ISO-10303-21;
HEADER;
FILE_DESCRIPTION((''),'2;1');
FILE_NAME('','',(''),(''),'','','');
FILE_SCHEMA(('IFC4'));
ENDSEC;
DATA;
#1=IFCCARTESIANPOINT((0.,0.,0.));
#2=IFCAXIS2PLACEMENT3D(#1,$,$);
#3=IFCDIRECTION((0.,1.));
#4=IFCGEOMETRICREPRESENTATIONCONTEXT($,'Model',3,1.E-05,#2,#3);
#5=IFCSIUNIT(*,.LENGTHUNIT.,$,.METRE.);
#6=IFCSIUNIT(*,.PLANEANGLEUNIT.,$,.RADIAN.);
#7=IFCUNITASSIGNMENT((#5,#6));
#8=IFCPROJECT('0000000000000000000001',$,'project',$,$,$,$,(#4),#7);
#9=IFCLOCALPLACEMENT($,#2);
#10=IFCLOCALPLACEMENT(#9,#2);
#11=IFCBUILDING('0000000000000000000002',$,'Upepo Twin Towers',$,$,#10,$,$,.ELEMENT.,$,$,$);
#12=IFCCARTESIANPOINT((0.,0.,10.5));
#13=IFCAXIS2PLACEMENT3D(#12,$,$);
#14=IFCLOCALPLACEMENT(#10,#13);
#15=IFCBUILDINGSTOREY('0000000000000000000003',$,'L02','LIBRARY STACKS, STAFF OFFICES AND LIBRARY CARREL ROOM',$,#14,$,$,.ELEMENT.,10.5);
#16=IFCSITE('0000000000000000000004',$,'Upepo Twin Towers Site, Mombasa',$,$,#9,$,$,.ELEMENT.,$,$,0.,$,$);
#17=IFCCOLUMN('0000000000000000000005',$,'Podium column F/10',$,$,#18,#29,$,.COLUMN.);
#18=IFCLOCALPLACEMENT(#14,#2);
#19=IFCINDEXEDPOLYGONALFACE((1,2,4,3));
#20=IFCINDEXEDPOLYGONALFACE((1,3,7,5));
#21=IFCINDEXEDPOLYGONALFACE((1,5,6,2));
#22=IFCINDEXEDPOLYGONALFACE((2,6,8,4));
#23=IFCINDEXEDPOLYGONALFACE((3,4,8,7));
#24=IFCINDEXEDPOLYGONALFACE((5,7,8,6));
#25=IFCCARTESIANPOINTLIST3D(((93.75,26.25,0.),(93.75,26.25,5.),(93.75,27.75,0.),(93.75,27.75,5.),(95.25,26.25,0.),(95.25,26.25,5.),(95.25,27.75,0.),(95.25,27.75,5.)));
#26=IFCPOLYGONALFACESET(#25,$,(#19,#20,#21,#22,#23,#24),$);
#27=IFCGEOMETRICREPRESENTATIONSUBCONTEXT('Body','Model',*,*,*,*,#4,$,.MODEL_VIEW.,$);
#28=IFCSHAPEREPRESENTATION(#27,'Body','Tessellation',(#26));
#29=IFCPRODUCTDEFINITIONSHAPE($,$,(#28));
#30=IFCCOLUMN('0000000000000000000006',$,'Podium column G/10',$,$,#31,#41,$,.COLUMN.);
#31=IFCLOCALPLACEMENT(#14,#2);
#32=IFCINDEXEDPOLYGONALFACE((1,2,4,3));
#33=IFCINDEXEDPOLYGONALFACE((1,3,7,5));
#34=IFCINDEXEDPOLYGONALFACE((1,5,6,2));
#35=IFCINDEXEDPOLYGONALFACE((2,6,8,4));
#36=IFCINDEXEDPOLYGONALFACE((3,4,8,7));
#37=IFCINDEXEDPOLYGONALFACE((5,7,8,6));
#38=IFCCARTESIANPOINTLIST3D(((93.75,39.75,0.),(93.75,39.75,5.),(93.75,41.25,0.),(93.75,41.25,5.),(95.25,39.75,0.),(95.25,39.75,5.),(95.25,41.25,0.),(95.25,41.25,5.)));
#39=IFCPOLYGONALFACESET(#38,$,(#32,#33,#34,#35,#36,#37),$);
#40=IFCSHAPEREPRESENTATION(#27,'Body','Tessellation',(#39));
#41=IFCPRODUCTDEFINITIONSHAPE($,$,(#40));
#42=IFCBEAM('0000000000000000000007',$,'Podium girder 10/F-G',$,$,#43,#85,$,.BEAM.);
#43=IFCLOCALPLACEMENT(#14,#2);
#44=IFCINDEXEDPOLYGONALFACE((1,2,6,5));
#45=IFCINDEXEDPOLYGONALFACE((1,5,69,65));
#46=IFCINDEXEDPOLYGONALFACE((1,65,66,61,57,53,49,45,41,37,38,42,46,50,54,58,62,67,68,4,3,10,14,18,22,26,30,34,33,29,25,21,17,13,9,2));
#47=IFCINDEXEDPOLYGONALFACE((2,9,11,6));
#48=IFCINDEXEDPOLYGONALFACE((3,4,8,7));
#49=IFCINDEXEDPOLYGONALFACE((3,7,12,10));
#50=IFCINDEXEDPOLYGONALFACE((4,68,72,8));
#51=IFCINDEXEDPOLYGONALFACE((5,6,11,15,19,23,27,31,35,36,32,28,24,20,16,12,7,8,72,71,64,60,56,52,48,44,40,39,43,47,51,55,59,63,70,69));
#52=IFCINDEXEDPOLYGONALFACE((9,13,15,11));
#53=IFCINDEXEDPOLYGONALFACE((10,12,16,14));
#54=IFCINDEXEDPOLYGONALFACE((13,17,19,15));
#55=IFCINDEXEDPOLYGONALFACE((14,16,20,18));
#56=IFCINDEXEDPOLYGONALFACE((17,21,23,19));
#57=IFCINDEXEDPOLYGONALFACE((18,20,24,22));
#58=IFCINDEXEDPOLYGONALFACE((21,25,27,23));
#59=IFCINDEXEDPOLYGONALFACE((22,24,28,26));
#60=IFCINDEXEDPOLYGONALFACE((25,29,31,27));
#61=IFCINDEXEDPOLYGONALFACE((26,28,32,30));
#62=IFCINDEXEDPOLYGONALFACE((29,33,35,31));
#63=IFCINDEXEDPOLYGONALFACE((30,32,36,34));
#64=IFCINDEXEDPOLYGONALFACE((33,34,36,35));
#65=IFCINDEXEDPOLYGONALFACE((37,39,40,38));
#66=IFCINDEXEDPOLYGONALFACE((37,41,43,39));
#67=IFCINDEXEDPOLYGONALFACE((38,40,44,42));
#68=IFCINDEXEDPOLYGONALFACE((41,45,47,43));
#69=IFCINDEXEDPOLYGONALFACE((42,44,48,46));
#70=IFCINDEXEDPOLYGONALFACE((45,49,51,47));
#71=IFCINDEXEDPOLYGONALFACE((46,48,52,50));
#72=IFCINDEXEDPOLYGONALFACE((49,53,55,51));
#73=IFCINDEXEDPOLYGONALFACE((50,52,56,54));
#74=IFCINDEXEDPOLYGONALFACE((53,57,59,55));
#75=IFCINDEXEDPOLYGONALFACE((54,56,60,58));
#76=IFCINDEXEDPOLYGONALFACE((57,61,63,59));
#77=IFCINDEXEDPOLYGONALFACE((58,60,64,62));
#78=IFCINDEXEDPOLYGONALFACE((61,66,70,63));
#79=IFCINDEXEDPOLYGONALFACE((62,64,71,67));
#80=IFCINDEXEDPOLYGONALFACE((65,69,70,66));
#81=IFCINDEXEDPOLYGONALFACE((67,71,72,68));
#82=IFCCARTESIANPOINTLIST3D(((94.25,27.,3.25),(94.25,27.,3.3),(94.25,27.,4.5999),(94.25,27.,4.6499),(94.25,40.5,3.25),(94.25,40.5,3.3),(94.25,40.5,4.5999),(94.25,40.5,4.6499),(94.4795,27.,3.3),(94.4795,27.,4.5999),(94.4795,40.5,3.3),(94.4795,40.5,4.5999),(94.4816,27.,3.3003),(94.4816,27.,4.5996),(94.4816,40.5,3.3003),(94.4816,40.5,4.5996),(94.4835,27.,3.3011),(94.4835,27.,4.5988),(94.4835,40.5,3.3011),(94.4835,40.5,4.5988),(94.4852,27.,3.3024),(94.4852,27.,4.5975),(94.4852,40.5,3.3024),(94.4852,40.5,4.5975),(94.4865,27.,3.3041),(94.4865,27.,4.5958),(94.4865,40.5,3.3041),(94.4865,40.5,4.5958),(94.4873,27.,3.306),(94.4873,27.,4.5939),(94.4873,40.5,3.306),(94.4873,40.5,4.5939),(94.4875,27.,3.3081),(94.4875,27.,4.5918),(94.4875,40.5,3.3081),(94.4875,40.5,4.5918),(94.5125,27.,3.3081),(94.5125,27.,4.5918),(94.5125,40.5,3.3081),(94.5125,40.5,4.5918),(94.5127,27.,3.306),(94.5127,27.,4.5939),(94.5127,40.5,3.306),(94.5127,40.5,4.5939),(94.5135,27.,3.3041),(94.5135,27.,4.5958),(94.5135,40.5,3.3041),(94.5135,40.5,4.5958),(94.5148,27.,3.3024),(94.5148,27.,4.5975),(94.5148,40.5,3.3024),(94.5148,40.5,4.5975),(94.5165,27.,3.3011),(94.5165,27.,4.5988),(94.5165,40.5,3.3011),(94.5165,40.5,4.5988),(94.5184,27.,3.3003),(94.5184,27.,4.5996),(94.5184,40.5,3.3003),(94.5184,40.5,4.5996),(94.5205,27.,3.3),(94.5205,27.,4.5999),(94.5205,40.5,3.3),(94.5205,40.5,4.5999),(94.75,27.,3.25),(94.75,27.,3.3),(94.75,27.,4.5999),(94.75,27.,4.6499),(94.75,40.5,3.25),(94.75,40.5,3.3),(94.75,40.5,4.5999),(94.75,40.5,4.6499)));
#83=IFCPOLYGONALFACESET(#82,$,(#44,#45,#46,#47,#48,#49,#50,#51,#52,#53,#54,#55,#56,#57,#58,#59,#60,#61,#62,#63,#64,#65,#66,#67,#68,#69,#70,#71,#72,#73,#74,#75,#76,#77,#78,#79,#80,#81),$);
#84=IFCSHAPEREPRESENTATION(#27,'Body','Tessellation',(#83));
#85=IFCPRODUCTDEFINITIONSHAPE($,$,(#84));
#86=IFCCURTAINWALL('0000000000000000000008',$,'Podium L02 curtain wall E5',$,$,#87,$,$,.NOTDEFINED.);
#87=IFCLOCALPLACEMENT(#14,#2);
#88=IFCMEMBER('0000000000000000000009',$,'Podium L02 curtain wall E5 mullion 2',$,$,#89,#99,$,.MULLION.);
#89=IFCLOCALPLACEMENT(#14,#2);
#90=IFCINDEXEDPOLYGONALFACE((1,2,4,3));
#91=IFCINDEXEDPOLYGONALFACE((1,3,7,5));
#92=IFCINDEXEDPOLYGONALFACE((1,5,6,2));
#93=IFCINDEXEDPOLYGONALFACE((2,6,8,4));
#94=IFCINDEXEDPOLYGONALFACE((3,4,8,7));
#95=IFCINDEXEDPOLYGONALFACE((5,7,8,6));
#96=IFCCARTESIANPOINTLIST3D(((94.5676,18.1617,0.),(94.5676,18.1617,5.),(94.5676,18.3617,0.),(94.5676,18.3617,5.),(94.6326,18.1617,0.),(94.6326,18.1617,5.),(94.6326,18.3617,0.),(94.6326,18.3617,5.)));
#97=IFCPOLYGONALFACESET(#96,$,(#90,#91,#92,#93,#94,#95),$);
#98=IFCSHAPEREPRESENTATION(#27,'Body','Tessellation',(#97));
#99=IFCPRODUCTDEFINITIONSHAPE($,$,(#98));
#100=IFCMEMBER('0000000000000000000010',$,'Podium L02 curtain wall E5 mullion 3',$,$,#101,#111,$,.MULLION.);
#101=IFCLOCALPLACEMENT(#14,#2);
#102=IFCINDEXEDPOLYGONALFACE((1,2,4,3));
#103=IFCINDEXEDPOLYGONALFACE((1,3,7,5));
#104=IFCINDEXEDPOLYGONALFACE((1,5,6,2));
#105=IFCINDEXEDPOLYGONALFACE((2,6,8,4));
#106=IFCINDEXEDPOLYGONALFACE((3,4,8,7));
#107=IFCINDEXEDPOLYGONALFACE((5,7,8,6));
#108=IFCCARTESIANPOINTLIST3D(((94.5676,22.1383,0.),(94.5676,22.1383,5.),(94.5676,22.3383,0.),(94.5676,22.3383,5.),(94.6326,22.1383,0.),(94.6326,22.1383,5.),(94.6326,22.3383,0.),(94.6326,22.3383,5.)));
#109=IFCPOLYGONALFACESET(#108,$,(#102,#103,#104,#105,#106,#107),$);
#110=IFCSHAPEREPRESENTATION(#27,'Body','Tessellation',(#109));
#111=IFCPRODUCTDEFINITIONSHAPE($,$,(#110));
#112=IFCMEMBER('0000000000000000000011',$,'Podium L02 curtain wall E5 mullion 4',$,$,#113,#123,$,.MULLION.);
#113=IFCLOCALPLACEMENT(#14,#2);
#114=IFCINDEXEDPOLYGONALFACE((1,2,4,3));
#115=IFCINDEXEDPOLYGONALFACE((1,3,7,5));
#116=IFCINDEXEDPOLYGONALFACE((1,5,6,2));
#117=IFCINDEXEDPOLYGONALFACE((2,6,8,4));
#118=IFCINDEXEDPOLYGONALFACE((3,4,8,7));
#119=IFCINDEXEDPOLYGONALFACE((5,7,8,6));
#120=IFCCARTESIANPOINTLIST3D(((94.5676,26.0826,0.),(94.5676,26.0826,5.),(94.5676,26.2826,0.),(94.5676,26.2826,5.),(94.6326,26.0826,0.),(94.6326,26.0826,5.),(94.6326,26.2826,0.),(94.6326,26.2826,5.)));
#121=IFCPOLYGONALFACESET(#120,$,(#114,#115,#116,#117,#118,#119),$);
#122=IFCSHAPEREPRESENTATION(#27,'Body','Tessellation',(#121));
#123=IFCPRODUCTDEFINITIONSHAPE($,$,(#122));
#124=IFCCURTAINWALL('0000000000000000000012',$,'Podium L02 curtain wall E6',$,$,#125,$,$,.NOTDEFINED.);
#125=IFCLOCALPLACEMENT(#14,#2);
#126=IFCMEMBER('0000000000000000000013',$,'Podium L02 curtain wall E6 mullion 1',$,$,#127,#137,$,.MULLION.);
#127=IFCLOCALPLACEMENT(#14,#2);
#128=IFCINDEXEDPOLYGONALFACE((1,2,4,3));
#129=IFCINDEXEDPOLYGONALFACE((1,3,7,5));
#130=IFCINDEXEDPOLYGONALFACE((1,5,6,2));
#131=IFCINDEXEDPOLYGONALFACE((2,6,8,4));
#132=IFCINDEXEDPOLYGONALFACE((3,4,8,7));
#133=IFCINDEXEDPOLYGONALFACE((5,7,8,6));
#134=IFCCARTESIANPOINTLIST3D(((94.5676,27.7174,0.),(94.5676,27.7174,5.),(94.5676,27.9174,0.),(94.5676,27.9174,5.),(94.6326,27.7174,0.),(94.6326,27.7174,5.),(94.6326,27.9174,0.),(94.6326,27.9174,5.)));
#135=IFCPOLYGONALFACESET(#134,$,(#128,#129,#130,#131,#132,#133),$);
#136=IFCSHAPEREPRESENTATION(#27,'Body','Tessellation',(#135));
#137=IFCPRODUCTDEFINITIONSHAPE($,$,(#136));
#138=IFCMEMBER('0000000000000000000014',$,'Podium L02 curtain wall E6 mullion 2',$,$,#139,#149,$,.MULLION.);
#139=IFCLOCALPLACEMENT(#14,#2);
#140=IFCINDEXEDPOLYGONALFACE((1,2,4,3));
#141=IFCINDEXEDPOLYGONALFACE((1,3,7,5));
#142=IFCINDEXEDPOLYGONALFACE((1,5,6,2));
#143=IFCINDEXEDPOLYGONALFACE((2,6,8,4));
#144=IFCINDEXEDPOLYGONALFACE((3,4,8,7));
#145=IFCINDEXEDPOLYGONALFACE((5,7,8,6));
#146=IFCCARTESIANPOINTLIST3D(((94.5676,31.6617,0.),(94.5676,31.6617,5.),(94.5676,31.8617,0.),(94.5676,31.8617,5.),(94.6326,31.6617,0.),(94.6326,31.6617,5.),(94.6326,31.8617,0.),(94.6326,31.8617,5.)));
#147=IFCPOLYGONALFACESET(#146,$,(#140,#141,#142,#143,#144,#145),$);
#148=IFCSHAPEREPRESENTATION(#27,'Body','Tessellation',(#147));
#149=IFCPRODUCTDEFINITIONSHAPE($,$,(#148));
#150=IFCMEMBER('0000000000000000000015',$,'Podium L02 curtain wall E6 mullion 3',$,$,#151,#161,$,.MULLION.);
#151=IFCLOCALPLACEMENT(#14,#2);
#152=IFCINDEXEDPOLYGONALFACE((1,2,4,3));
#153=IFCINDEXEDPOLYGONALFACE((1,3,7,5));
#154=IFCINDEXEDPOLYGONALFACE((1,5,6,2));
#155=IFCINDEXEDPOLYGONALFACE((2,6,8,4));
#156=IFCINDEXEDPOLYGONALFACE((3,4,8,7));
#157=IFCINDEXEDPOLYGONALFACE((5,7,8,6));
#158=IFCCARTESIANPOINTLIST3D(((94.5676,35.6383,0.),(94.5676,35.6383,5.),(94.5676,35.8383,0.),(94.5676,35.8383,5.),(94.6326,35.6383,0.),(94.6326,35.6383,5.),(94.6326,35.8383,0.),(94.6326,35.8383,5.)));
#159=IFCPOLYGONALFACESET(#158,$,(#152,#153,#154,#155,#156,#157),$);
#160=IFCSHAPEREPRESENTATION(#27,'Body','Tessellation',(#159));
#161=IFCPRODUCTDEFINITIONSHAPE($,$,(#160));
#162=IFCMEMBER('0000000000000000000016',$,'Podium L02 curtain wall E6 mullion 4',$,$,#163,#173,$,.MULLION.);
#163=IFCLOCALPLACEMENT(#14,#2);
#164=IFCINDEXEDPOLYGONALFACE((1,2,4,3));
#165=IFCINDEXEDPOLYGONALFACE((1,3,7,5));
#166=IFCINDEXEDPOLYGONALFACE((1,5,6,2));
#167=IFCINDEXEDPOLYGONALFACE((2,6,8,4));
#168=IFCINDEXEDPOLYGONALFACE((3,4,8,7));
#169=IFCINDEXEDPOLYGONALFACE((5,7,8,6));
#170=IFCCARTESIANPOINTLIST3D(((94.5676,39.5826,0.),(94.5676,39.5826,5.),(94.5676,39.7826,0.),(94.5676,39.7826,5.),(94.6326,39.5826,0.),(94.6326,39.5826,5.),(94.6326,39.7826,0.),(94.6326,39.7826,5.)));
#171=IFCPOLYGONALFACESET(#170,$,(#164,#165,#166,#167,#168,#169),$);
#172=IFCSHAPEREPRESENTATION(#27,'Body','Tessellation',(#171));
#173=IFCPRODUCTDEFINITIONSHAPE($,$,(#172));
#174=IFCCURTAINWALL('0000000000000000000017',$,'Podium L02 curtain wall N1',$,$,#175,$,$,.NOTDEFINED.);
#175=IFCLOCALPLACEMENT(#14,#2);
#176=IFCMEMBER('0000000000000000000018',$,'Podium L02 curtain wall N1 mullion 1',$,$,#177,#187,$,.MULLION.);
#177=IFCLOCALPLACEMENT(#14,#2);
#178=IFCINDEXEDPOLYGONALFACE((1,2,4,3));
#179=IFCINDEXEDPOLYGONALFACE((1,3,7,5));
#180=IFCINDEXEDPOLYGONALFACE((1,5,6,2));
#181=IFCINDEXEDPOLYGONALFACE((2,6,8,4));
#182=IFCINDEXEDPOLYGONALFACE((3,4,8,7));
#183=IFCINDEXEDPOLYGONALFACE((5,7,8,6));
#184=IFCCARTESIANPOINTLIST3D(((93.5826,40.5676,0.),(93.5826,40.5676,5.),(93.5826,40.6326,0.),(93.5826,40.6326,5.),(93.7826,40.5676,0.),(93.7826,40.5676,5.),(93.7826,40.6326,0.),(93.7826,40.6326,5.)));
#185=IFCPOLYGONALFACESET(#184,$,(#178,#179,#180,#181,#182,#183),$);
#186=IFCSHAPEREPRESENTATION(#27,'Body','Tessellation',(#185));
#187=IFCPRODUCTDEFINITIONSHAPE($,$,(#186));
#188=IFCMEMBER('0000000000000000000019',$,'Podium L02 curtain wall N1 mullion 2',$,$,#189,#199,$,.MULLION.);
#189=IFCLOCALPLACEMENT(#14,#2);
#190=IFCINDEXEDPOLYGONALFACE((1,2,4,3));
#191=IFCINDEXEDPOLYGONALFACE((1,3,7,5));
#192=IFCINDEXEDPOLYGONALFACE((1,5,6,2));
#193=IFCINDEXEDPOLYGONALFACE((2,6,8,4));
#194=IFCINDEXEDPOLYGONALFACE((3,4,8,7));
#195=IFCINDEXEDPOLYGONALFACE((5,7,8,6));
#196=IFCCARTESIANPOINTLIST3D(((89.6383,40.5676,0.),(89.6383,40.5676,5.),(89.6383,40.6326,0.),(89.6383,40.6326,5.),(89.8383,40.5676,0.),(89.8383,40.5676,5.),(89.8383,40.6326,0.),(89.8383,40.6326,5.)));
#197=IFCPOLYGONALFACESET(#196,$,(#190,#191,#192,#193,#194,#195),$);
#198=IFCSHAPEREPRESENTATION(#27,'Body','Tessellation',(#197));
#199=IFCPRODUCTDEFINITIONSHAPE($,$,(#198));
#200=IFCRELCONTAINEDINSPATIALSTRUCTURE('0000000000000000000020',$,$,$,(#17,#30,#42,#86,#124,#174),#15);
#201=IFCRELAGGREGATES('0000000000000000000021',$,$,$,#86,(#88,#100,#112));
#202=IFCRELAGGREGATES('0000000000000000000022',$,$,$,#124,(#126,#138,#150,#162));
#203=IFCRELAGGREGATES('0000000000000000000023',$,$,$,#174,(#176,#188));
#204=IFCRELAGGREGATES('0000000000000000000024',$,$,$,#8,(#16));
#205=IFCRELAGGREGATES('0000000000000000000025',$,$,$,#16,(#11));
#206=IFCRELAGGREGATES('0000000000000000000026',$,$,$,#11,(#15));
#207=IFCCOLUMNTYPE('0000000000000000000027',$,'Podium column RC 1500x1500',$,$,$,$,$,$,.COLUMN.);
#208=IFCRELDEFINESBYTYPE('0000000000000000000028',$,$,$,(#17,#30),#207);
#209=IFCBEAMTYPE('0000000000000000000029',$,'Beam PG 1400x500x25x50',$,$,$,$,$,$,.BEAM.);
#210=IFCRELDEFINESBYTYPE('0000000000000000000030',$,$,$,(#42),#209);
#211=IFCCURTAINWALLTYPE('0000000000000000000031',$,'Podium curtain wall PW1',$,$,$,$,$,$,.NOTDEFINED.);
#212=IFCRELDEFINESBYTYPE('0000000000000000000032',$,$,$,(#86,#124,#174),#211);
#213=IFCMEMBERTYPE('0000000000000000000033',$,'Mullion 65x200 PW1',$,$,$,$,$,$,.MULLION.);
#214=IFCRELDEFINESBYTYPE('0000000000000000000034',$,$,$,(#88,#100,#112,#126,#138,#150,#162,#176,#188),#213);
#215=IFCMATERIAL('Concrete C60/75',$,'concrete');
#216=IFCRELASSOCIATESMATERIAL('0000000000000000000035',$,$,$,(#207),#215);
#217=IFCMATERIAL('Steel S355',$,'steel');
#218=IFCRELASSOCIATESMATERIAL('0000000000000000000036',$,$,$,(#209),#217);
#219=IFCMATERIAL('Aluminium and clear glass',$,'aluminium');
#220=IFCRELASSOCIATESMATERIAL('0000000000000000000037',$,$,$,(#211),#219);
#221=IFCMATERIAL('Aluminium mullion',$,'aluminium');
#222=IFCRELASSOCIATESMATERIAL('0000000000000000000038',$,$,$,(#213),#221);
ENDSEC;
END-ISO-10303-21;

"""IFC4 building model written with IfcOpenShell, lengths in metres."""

from ifc_helpers import new_model, si_unit, direction, frame, origin, origin_2d, place, context, subcontext, project, spatial, rectangle, i_section, extrude, material, material_profile, profile_set, type_object, element, aggregate, save


model = new_model("IFC4")

# Units and contexts
model_context = context("Model", 3, precision=1e-05, world=origin(), true_north=direction((0.0, 1.0)))
body_context = subcontext(model_context, "Body", "Model", "MODEL_VIEW")
ifc_project = project(units=[si_unit("LENGTHUNIT", "METRE"), si_unit("PLANEANGLEUNIT", "RADIAN")], contexts=[model_context])

# Site, building, storey
site_placement = place(None, origin())
site = spatial("IfcSite", under=ifc_project, at=site_placement, Name="Upepo Twin Towers Site, Mombasa", CompositionType="ELEMENT", RefElevation=0.0)
building_placement = place(site_placement, origin())
building = spatial("IfcBuilding", under=site, at=building_placement, Name="Upepo Twin Towers", CompositionType="ELEMENT")
storey_placement = place(building_placement, frame((0.0, 0.0, 10.5)))
storey = spatial("IfcBuildingStorey", under=building, at=storey_placement, Name="L02", Description="LIBRARY STACKS, STAFF OFFICES AND LIBRARY CARREL ROOM", CompositionType="ELEMENT", Elevation=10.5)

# Columns
ifc_material_1 = material(Name="Concrete C60/75", Category="concrete")
ifc_material_profile_1 = material_profile(ifc_material_1, rectangle(XDim=1.5, YDim=1.5, at=origin_2d()), Name="RC 1500x1500")
ifc_profile_set_1 = profile_set([ifc_material_profile_1], Name="Concrete C60/75")
column_type = type_object("IfcColumnType", Name="Podium column RC 1500x1500", PredefinedType="COLUMN", material=ifc_profile_set_1)
for number, where, z_axis, x_axis, name in (
    (1, (94.5, 27.0, 0.0), (0.0, 0.0, 1.0), (1.0, 0.0, 0.0), "Podium column F/10"),
    (2, (94.5, 40.5, 0.0), (0.0, 0.0, 1.0), (1.0, 0.0, 0.0), "Podium column G/10"),
):
    element("IfcColumn", number, at=place(storey_placement, frame(where, z_axis=z_axis, x_axis=x_axis)), inside=storey, type_object=column_type, Name=name, PredefinedType="COLUMN", context=body_context, shape_type="SweptSolid", body=[
        extrude(rectangle(XDim=1.5, YDim=1.5, at=origin_2d()), origin(), (0.0, 0.0, 1.0), 5.0),
    ])

# Beam
ifc_material_2 = material(Name="Steel S355", Category="steel")
ifc_material_profile_2 = material_profile(ifc_material_2, i_section(OverallWidth=0.5, OverallDepth=1.3999, WebThickness=0.0249, FlangeThickness=0.05, FilletRadius=0.0081, at=origin_2d()), Name="PG 1400x500x25x50")
ifc_profile_set_2 = profile_set([ifc_material_profile_2], Name="Steel S355")
beam_type_1 = type_object("IfcBeamType", Name="Beam PG 1400x500x25x50", PredefinedType="BEAM", material=ifc_profile_set_2)
beam_1_placement = place(storey_placement, frame((94.5, 27.0, 3.95), z_axis=(0.0, 1.0, 0.0), x_axis=(-1.0, 0.0, 0.0)))
element("IfcBeam", 3, at=beam_1_placement, inside=storey, type_object=beam_type_1, Name="Podium girder 10/F-G", PredefinedType="BEAM", context=body_context, shape_type="SweptSolid", body=[
    extrude(i_section(OverallWidth=0.5, OverallDepth=1.3999, WebThickness=0.0249, FlangeThickness=0.05, FilletRadius=0.0081, at=origin_2d()), origin(), (0.0, 0.0, 1.0), 13.5),
])

# Curtain walls, members
ifc_material_3 = material(Name="Aluminium and clear glass", Category="aluminium")
curtain_wall_type = type_object("IfcCurtainWallType", Name="Podium curtain wall PW1", PredefinedType="NOTDEFINED", material=ifc_material_3)
curtain_wall_1_placement = place(storey_placement, origin())
curtain_wall_1 = element("IfcCurtainWall", 4, at=curtain_wall_1_placement, inside=storey, type_object=curtain_wall_type, Name="Podium L02 curtain wall E5", PredefinedType="NOTDEFINED")
ifc_material_4 = material(Name="Aluminium mullion", Category="aluminium")
ifc_material_profile_3 = material_profile(ifc_material_4, rectangle(XDim=0.0649, YDim=0.2, at=origin_2d()), Name="MULLION 65x200 PODIUM")
ifc_profile_set_3 = profile_set([ifc_material_profile_3], Name="Aluminium mullion")
member_type_1 = type_object("IfcMemberType", Name="Mullion 65x200 PW1", PredefinedType="MULLION", material=ifc_profile_set_3)
member_1_placement = place(storey_placement, frame((94.6001, 18.2617, 0.0), z_axis=(0.0, 0.0, 1.0), x_axis=(-1.0, 0.0, 0.0)))
member_1 = element("IfcMember", 5, at=member_1_placement, type_object=member_type_1, Name="Podium L02 curtain wall E5 mullion 2", PredefinedType="MULLION", context=body_context, shape_type="SweptSolid", body=[
    extrude(rectangle(XDim=0.0649, YDim=0.2, at=origin_2d()), origin(), (0.0, 0.0, 1.0), 5.0),
])
member_2_placement = place(storey_placement, frame((94.6001, 22.2383, 0.0), z_axis=(0.0, 0.0, 1.0), x_axis=(-1.0, 0.0, 0.0)))
member_2 = element("IfcMember", 6, at=member_2_placement, type_object=member_type_1, Name="Podium L02 curtain wall E5 mullion 3", PredefinedType="MULLION", context=body_context, shape_type="SweptSolid", body=[
    extrude(rectangle(XDim=0.0649, YDim=0.2, at=origin_2d()), origin(), (0.0, 0.0, 1.0), 5.0),
])
member_3_placement = place(storey_placement, frame((94.6001, 26.1826, 0.0), z_axis=(0.0, 0.0, 1.0), x_axis=(-1.0, 0.0, 0.0)))
member_3 = element("IfcMember", 7, at=member_3_placement, type_object=member_type_1, Name="Podium L02 curtain wall E5 mullion 4", PredefinedType="MULLION", context=body_context, shape_type="SweptSolid", body=[
    extrude(rectangle(XDim=0.0649, YDim=0.2, at=origin_2d()), origin(), (0.0, 0.0, 1.0), 5.0),
])
curtain_wall_2_placement = place(storey_placement, origin())
curtain_wall_2 = element("IfcCurtainWall", 8, at=curtain_wall_2_placement, inside=storey, type_object=curtain_wall_type, Name="Podium L02 curtain wall E6", PredefinedType="NOTDEFINED")
member_4_placement = place(storey_placement, frame((94.6001, 27.8174, 0.0), z_axis=(0.0, 0.0, 1.0), x_axis=(-1.0, 0.0, 0.0)))
member_4 = element("IfcMember", 9, at=member_4_placement, type_object=member_type_1, Name="Podium L02 curtain wall E6 mullion 1", PredefinedType="MULLION", context=body_context, shape_type="SweptSolid", body=[
    extrude(rectangle(XDim=0.0649, YDim=0.2, at=origin_2d()), origin(), (0.0, 0.0, 1.0), 5.0),
])
member_5_placement = place(storey_placement, frame((94.6001, 31.7617, 0.0), z_axis=(0.0, 0.0, 1.0), x_axis=(-1.0, 0.0, 0.0)))
member_5 = element("IfcMember", 10, at=member_5_placement, type_object=member_type_1, Name="Podium L02 curtain wall E6 mullion 2", PredefinedType="MULLION", context=body_context, shape_type="SweptSolid", body=[
    extrude(rectangle(XDim=0.0649, YDim=0.2, at=origin_2d()), origin(), (0.0, 0.0, 1.0), 5.0),
])
member_6_placement = place(storey_placement, frame((94.6001, 35.7383, 0.0), z_axis=(0.0, 0.0, 1.0), x_axis=(-1.0, 0.0, 0.0)))
member_6 = element("IfcMember", 11, at=member_6_placement, type_object=member_type_1, Name="Podium L02 curtain wall E6 mullion 3", PredefinedType="MULLION", context=body_context, shape_type="SweptSolid", body=[
    extrude(rectangle(XDim=0.0649, YDim=0.2, at=origin_2d()), origin(), (0.0, 0.0, 1.0), 5.0),
])
member_7_placement = place(storey_placement, frame((94.6001, 39.6826, 0.0), z_axis=(0.0, 0.0, 1.0), x_axis=(-1.0, 0.0, 0.0)))
member_7 = element("IfcMember", 12, at=member_7_placement, type_object=member_type_1, Name="Podium L02 curtain wall E6 mullion 4", PredefinedType="MULLION", context=body_context, shape_type="SweptSolid", body=[
    extrude(rectangle(XDim=0.0649, YDim=0.2, at=origin_2d()), origin(), (0.0, 0.0, 1.0), 5.0),
])
curtain_wall_3_placement = place(storey_placement, origin())
curtain_wall_3 = element("IfcCurtainWall", 13, at=curtain_wall_3_placement, inside=storey, type_object=curtain_wall_type, Name="Podium L02 curtain wall N1", PredefinedType="NOTDEFINED")
member_8_placement = place(storey_placement, frame((93.6826, 40.6001, 0.0), z_axis=(0.0, 0.0, 1.0), x_axis=(0.0, -1.0, 0.0)))
member_8 = element("IfcMember", 14, at=member_8_placement, type_object=member_type_1, Name="Podium L02 curtain wall N1 mullion 1", PredefinedType="MULLION", context=body_context, shape_type="SweptSolid", body=[
    extrude(rectangle(XDim=0.0649, YDim=0.2, at=origin_2d()), origin(), (0.0, 0.0, 1.0), 5.0),
])
member_9_placement = place(storey_placement, frame((89.7383, 40.6001, 0.0), z_axis=(0.0, 0.0, 1.0), x_axis=(0.0, -1.0, 0.0)))
member_9 = element("IfcMember", 15, at=member_9_placement, type_object=member_type_1, Name="Podium L02 curtain wall N1 mullion 2", PredefinedType="MULLION", context=body_context, shape_type="SweptSolid", body=[
    extrude(rectangle(XDim=0.0649, YDim=0.2, at=origin_2d()), origin(), (0.0, 0.0, 1.0), 5.0),
])

aggregate(curtain_wall_1, [member_1, member_2, member_3])
aggregate(curtain_wall_2, [member_4, member_5, member_6, member_7])
aggregate(curtain_wall_3, [member_8, member_9])

save(model, "model.ifc")
